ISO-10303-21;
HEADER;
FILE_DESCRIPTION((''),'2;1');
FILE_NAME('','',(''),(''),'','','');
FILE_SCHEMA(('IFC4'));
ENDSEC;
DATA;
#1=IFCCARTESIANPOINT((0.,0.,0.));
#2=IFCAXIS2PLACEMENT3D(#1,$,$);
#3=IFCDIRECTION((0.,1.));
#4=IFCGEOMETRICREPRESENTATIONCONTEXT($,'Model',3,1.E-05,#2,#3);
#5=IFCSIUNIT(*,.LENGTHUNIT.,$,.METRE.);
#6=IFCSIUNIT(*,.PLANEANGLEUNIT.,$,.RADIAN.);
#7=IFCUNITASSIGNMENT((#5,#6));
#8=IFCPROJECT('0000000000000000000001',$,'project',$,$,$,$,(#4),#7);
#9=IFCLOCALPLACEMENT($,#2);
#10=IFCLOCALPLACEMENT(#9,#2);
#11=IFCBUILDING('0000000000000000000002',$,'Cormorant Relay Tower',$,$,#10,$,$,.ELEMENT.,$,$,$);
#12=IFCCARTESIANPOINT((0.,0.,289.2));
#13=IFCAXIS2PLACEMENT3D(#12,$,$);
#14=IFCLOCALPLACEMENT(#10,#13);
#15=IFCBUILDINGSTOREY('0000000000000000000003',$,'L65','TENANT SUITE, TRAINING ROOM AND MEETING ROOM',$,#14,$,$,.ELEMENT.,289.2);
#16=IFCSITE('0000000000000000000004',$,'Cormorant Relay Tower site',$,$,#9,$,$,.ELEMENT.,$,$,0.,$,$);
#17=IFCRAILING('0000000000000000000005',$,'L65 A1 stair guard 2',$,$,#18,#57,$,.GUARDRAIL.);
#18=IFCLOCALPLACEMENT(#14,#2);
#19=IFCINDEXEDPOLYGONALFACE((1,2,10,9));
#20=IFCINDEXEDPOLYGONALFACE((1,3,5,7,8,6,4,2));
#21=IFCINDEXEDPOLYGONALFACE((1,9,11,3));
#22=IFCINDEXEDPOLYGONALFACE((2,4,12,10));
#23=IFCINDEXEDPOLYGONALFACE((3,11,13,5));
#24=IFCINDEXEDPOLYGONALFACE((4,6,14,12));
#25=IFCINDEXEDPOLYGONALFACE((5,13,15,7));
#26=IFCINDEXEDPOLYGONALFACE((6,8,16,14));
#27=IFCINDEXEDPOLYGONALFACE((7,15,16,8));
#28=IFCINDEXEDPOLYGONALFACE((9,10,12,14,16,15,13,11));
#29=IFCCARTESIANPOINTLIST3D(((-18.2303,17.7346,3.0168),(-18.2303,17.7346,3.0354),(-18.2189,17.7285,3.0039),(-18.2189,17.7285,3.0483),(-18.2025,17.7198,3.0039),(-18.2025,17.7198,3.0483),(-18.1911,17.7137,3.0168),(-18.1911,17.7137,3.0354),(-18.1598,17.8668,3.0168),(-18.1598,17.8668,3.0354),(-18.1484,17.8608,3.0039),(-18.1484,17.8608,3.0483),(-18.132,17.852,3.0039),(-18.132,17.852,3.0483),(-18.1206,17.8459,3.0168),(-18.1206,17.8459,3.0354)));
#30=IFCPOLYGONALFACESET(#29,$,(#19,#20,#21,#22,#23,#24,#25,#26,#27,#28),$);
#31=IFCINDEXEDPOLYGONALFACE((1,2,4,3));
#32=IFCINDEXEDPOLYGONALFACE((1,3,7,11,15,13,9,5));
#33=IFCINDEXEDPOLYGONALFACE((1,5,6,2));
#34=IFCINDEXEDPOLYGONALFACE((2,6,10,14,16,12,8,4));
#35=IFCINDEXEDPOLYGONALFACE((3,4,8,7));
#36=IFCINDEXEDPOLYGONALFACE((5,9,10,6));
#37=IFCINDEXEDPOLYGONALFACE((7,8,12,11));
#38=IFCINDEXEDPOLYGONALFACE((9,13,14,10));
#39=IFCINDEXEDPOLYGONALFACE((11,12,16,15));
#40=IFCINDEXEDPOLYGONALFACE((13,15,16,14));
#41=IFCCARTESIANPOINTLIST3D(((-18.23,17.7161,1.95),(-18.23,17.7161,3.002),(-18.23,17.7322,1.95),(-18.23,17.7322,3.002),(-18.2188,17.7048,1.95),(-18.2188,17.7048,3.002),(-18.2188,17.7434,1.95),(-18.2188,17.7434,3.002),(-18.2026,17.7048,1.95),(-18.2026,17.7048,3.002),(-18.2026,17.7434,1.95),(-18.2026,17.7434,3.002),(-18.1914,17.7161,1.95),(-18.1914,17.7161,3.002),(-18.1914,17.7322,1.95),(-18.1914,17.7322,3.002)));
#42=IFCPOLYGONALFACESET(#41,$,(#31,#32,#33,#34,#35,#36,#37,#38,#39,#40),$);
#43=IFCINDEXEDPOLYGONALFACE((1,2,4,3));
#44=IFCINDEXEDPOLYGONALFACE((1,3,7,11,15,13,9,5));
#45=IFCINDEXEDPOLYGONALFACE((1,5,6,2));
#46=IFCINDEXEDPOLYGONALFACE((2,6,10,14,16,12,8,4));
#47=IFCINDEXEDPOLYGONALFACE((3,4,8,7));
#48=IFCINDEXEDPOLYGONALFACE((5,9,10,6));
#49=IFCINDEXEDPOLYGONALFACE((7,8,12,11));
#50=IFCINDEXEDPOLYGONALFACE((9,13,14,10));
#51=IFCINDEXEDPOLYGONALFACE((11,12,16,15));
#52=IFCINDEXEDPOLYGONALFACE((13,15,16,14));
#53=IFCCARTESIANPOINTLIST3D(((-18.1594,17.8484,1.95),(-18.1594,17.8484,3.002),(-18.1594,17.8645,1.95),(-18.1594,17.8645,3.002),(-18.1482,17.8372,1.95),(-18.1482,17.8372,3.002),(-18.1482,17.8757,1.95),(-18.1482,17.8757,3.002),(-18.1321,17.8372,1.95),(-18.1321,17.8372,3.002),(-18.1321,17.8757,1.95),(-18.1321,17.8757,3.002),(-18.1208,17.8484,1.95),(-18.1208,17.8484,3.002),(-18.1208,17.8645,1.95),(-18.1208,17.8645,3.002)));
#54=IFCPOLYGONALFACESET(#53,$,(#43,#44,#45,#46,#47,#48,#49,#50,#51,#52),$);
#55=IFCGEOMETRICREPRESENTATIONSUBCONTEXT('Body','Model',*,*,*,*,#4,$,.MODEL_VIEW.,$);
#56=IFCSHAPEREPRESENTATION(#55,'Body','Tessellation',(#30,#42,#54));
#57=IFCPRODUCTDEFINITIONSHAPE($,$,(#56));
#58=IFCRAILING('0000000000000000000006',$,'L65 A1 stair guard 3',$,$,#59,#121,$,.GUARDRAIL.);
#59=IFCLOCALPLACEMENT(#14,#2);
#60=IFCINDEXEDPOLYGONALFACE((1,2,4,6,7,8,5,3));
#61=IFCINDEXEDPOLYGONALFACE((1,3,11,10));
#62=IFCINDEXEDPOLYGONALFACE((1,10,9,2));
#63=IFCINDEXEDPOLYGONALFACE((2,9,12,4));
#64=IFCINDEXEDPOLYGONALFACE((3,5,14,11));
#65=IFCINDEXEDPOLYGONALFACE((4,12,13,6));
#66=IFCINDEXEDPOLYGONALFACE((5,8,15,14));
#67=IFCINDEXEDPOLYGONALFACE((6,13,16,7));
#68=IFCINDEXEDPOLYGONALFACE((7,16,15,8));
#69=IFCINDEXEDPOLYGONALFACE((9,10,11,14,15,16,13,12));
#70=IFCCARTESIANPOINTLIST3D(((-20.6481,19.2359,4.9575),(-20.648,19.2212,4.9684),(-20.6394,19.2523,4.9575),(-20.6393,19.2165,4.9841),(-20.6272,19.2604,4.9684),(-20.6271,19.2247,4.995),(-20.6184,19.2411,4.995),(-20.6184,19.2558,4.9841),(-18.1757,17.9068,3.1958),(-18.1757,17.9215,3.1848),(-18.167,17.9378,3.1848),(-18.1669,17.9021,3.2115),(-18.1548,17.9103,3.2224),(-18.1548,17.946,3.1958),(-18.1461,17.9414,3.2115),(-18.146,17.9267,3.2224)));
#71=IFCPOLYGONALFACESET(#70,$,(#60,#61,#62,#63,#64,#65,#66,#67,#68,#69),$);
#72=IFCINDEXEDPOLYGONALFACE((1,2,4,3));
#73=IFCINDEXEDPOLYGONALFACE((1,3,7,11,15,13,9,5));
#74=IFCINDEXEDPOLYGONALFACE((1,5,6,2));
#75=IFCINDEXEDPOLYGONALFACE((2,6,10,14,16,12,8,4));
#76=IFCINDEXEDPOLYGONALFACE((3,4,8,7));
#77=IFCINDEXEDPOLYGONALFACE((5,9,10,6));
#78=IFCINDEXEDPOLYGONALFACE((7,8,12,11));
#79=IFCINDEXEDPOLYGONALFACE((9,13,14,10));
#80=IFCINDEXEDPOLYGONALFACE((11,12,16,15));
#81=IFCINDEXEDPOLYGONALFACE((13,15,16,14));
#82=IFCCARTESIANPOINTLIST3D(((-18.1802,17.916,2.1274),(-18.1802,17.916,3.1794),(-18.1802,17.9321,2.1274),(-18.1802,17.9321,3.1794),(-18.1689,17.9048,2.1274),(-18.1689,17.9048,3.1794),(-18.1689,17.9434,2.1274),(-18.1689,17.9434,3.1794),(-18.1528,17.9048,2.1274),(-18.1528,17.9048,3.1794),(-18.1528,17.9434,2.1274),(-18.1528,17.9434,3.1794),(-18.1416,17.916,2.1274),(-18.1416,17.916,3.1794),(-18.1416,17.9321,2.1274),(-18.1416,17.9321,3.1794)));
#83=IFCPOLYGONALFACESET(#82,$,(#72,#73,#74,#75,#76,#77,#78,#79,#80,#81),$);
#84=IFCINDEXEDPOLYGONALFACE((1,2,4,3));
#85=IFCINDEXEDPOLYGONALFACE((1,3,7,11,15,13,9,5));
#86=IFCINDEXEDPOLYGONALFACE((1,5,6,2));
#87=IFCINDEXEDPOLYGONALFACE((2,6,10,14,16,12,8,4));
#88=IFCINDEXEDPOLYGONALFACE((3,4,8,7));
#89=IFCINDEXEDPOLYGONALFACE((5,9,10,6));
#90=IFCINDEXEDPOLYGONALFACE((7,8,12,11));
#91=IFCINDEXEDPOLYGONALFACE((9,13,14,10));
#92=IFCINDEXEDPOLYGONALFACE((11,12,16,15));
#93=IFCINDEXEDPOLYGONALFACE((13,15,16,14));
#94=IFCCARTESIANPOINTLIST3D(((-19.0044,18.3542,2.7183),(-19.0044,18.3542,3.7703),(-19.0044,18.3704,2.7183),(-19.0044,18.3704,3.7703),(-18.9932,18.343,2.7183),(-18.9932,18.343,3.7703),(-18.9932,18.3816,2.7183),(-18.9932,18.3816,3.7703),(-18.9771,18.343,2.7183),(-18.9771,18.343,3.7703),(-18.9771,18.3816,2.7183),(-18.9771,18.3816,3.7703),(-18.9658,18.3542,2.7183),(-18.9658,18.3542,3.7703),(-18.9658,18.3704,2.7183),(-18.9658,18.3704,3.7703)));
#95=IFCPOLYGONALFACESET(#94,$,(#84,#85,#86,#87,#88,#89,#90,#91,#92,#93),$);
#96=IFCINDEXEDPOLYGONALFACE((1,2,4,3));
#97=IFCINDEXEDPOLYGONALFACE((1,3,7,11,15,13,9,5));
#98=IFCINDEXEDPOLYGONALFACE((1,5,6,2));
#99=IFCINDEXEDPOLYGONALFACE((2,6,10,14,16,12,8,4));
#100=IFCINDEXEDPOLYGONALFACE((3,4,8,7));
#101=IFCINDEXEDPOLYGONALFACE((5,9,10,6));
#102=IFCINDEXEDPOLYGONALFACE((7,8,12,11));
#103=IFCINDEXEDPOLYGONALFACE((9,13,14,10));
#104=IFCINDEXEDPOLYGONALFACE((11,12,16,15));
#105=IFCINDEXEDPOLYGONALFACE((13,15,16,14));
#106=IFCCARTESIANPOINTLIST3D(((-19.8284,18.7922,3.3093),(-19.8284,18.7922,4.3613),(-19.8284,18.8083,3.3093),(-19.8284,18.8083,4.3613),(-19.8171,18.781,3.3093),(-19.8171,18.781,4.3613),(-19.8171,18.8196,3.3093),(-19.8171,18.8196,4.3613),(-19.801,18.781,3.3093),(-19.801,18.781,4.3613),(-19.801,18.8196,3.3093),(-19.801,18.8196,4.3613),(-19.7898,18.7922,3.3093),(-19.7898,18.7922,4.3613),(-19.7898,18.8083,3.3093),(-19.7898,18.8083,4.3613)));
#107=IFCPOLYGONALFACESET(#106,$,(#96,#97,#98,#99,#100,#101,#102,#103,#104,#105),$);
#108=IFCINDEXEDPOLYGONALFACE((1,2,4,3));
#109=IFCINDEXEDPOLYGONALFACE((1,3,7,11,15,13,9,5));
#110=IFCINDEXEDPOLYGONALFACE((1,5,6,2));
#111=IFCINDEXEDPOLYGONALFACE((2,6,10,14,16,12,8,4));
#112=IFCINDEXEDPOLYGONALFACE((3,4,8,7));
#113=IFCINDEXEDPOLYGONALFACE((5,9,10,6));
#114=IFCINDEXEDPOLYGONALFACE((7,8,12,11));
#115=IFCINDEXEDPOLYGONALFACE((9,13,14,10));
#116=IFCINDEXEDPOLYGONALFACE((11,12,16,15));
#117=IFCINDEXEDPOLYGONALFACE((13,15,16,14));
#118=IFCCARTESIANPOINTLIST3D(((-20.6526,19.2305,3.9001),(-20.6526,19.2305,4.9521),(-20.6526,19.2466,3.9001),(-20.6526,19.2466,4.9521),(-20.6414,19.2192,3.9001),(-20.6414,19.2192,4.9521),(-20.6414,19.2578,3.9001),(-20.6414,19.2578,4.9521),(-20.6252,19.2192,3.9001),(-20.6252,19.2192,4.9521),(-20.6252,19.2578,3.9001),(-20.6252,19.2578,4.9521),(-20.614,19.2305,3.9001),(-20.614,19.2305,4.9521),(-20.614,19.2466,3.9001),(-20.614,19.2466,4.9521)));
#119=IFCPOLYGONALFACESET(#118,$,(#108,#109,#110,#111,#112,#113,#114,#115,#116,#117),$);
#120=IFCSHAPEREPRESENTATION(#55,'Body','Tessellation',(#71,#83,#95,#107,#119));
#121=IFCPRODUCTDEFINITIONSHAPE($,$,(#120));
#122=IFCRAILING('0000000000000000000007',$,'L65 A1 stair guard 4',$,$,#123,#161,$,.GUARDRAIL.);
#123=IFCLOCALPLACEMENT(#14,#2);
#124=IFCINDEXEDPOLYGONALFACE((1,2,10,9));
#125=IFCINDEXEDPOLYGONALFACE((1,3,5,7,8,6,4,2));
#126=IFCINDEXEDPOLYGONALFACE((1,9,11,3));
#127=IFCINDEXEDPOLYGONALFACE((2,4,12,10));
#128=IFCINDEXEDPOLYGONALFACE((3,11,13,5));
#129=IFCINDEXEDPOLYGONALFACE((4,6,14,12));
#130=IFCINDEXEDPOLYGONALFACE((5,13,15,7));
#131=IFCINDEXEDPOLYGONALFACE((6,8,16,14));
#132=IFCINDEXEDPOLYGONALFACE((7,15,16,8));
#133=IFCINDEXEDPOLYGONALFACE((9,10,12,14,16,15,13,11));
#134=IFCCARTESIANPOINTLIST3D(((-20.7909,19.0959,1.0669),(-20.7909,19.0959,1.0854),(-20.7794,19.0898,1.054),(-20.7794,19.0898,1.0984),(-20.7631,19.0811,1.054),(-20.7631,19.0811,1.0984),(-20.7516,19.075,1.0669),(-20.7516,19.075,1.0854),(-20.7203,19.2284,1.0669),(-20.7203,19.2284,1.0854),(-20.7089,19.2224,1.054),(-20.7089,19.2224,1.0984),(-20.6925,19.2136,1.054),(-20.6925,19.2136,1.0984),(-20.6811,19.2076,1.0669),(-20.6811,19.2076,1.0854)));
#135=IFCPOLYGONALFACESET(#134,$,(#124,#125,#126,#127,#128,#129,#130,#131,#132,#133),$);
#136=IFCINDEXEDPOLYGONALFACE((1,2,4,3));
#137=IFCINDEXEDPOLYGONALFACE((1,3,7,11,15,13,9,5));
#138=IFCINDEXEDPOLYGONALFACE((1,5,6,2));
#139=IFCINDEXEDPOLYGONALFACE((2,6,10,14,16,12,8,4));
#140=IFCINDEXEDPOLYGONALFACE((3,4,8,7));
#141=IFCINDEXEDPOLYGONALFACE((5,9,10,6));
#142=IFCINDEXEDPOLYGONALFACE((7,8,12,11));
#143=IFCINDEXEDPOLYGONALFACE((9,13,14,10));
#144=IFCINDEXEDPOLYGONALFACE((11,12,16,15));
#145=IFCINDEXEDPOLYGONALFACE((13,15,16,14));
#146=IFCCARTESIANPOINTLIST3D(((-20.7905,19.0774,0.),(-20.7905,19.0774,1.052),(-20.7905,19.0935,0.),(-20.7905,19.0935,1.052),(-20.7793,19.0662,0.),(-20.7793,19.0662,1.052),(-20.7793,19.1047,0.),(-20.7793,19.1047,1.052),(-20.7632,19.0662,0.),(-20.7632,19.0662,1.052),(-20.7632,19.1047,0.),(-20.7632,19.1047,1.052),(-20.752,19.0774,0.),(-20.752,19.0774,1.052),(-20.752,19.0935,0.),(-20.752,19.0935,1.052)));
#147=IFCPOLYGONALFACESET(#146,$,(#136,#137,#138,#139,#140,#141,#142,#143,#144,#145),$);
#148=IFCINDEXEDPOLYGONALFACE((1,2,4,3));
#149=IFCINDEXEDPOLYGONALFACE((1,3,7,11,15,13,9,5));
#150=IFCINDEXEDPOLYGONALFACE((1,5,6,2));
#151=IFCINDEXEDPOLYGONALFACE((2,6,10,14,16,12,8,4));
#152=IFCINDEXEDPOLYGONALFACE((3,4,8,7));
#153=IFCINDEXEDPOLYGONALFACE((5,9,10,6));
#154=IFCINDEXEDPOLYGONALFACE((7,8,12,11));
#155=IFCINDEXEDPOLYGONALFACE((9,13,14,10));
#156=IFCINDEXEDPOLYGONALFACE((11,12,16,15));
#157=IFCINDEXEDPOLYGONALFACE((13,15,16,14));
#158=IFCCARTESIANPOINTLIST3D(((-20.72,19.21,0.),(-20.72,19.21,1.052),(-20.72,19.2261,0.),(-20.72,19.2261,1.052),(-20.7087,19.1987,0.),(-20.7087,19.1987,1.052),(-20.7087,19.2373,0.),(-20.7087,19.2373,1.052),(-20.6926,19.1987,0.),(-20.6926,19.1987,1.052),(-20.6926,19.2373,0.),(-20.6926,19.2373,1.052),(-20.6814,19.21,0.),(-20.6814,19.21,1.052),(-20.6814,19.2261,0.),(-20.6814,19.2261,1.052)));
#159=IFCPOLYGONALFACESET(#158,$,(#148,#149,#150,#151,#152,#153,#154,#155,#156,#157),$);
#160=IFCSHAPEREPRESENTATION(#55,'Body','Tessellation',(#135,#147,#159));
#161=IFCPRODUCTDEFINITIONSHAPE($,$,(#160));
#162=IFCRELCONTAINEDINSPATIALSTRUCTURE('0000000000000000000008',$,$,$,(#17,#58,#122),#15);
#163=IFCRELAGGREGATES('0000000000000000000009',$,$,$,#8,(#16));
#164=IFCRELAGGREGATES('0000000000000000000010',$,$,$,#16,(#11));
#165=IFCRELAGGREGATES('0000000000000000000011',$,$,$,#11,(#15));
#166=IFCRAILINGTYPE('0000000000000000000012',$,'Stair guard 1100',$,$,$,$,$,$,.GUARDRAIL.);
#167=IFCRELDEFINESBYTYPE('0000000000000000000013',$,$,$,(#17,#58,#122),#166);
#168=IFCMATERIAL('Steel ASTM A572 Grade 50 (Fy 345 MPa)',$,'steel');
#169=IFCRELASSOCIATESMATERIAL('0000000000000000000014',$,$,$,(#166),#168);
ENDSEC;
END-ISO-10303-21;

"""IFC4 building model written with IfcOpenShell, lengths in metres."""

from ifc_helpers import new_model, si_unit, direction, frame, origin, place, context, subcontext, project, spatial, polyline, outline, extrude, material, type_object, element, save


model = new_model("IFC4")

# Units and contexts
model_context = context("Model", 3, precision=1e-05, world=origin(), true_north=direction((0.0, 1.0)))
body_context = subcontext(model_context, "Body", "Model", "MODEL_VIEW")
ifc_project = project(units=[si_unit("LENGTHUNIT", "METRE"), si_unit("PLANEANGLEUNIT", "RADIAN")], contexts=[model_context])

# Site, building, storey
site_placement = place(None, origin())
site = spatial("IfcSite", under=ifc_project, at=site_placement, Name="Cormorant Relay Tower site", CompositionType="ELEMENT", RefElevation=0.0)
building_placement = place(site_placement, origin())
building = spatial("IfcBuilding", under=site, at=building_placement, Name="Cormorant Relay Tower", CompositionType="ELEMENT")
storey_placement = place(building_placement, frame((0.0, 0.0, 289.2)))
storey = spatial("IfcBuildingStorey", under=building, at=storey_placement, Name="L65", Description="TENANT SUITE, TRAINING ROOM AND MEETING ROOM", CompositionType="ELEMENT", Elevation=289.2)

# Railings
ifc_material_1 = material(Name="Steel ASTM A572 Grade 50 (Fy 345 MPa)", Category="steel")
railing_type_1 = type_object("IfcRailingType", Name="Stair guard 1100", PredefinedType="GUARDRAIL", material=ifc_material_1)
railing_1_placement = place(storey_placement, frame((-18.2107, 17.7241, 1.95)))
element("IfcRailing", 1, at=railing_1_placement, inside=storey, type_object=railing_type_1, Name="L65 A1 stair guard 2", PredefinedType="GUARDRAIL", context=body_context, shape_type="SweptSolid", body=[
    extrude(outline(polyline([(0.0222, 0.0093), (0.0093, 0.0222), (-0.0093, 0.0222), (-0.0222, 0.0093), (-0.0222, -0.0093), (-0.0093, -0.0222), (0.0093, -0.0222), (0.0222, -0.0093), (0.0222, 0.0093)])), frame((0.0, 0.0, 1.0762), z_axis=(0.470504, 0.882398, 0.0), x_axis=(-0.882398, 0.470504, 0.0)), (0.0, 0.0, 1.0), 0.1499),
    extrude(outline(polyline([(0.0193, 0.0081), (0.0081, 0.0193), (-0.0081, 0.0193), (-0.0193, 0.0081), (-0.0193, -0.0081), (-0.0081, -0.0193), (0.0081, -0.0193), (0.0193, -0.0081), (0.0193, 0.0081)])), origin(), (0.0, 0.0, 1.0), 1.052),
    extrude(outline(polyline([(0.0193, 0.0081), (0.0081, 0.0193), (-0.0081, 0.0193), (-0.0193, 0.0081), (-0.0193, -0.0081), (-0.0081, -0.0193), (0.0081, -0.0193), (0.0193, -0.0081), (0.0193, 0.0081)])), frame((0.0706, 0.1323, 0.0)), (0.0, 0.0, 1.0), 1.052),
])
railing_2_placement = place(storey_placement, frame((-18.1609, 17.9241, 2.1274)))
element("IfcRailing", 2, at=railing_2_placement, inside=storey, type_object=railing_type_1, Name="L65 A1 stair guard 3", PredefinedType="GUARDRAIL", context=body_context, shape_type="SweptSolid", body=[
    extrude(outline(polyline([(0.0222, 0.0093), (0.0093, 0.0222), (-0.0093, 0.0222), (-0.0222, 0.0093), (-0.0222, -0.0093), (-0.0093, -0.0222), (0.0093, -0.0222), (0.0222, -0.0093), (0.0222, 0.0093)])), frame((0.0, 0.0, 1.0762), z_axis=(-0.746034, 0.396627, 0.534902), x_axis=(-0.469429, -0.88297, 0.0)), (0.0, 0.0, 1.0), 3.314),
    extrude(outline(polyline([(0.0193, 0.0081), (0.0081, 0.0193), (-0.0081, 0.0193), (-0.0193, 0.0081), (-0.0193, -0.0081), (-0.0081, -0.0193), (0.0081, -0.0193), (0.0193, -0.0081), (0.0193, 0.0081)])), origin(), (0.0, 0.0, 1.0), 1.052),
    extrude(outline(polyline([(0.0193, 0.0081), (0.0081, 0.0193), (-0.0081, 0.0193), (-0.0193, 0.0081), (-0.0193, -0.0081), (-0.0081, -0.0193), (0.0081, -0.0193), (0.0193, -0.0081), (0.0193, 0.0081)])), frame((-0.8242, 0.4382, 0.5908)), (0.0, 0.0, 1.0), 1.052),
    extrude(outline(polyline([(0.0193, 0.0081), (0.0081, 0.0193), (-0.0081, 0.0193), (-0.0193, 0.0081), (-0.0193, -0.0081), (-0.0081, -0.0193), (0.0081, -0.0193), (0.0193, -0.0081), (0.0193, 0.0081)])), frame((-1.6482, 0.8762, 1.1819)), (0.0, 0.0, 1.0), 1.052),
    extrude(outline(polyline([(0.0193, 0.0081), (0.0081, 0.0193), (-0.0081, 0.0193), (-0.0193, 0.0081), (-0.0193, -0.0081), (-0.0081, -0.0193), (0.0081, -0.0193), (0.0193, -0.0081), (0.0193, 0.0081)])), frame((-2.4724, 1.3145, 1.7727)), (0.0, 0.0, 1.0), 1.052),
])
railing_3_placement = place(storey_placement, frame((-20.7712, 19.0854, 0.0)))
element("IfcRailing", 3, at=railing_3_placement, inside=storey, type_object=railing_type_1, Name="L65 A1 stair guard 4", PredefinedType="GUARDRAIL", context=body_context, shape_type="SweptSolid", body=[
    extrude(outline(polyline([(0.0222, 0.0093), (0.0093, 0.0222), (-0.0093, 0.0222), (-0.0222, 0.0093), (-0.0222, -0.0093), (-0.0093, -0.0222), (0.0093, -0.0222), (0.0222, -0.0093), (0.0222, 0.0093)])), frame((0.0, 0.0, 1.0762), z_axis=(0.469829, 0.882758, 0.0), x_axis=(-0.882758, 0.469829, 0.0)), (0.0, 0.0, 1.0), 0.1501),
    extrude(outline(polyline([(0.0193, 0.0081), (0.0081, 0.0193), (-0.0081, 0.0193), (-0.0193, 0.0081), (-0.0193, -0.0081), (-0.0081, -0.0193), (0.0081, -0.0193), (0.0193, -0.0081), (0.0193, 0.0081)])), origin(), (0.0, 0.0, 1.0), 1.052),
    extrude(outline(polyline([(0.0193, 0.0081), (0.0081, 0.0193), (-0.0081, 0.0193), (-0.0193, 0.0081), (-0.0193, -0.0081), (-0.0081, -0.0193), (0.0081, -0.0193), (0.0193, -0.0081), (0.0193, 0.0081)])), frame((0.0706, 0.1326, 0.0)), (0.0, 0.0, 1.0), 1.052),
])

save(model, "model.ifc")
